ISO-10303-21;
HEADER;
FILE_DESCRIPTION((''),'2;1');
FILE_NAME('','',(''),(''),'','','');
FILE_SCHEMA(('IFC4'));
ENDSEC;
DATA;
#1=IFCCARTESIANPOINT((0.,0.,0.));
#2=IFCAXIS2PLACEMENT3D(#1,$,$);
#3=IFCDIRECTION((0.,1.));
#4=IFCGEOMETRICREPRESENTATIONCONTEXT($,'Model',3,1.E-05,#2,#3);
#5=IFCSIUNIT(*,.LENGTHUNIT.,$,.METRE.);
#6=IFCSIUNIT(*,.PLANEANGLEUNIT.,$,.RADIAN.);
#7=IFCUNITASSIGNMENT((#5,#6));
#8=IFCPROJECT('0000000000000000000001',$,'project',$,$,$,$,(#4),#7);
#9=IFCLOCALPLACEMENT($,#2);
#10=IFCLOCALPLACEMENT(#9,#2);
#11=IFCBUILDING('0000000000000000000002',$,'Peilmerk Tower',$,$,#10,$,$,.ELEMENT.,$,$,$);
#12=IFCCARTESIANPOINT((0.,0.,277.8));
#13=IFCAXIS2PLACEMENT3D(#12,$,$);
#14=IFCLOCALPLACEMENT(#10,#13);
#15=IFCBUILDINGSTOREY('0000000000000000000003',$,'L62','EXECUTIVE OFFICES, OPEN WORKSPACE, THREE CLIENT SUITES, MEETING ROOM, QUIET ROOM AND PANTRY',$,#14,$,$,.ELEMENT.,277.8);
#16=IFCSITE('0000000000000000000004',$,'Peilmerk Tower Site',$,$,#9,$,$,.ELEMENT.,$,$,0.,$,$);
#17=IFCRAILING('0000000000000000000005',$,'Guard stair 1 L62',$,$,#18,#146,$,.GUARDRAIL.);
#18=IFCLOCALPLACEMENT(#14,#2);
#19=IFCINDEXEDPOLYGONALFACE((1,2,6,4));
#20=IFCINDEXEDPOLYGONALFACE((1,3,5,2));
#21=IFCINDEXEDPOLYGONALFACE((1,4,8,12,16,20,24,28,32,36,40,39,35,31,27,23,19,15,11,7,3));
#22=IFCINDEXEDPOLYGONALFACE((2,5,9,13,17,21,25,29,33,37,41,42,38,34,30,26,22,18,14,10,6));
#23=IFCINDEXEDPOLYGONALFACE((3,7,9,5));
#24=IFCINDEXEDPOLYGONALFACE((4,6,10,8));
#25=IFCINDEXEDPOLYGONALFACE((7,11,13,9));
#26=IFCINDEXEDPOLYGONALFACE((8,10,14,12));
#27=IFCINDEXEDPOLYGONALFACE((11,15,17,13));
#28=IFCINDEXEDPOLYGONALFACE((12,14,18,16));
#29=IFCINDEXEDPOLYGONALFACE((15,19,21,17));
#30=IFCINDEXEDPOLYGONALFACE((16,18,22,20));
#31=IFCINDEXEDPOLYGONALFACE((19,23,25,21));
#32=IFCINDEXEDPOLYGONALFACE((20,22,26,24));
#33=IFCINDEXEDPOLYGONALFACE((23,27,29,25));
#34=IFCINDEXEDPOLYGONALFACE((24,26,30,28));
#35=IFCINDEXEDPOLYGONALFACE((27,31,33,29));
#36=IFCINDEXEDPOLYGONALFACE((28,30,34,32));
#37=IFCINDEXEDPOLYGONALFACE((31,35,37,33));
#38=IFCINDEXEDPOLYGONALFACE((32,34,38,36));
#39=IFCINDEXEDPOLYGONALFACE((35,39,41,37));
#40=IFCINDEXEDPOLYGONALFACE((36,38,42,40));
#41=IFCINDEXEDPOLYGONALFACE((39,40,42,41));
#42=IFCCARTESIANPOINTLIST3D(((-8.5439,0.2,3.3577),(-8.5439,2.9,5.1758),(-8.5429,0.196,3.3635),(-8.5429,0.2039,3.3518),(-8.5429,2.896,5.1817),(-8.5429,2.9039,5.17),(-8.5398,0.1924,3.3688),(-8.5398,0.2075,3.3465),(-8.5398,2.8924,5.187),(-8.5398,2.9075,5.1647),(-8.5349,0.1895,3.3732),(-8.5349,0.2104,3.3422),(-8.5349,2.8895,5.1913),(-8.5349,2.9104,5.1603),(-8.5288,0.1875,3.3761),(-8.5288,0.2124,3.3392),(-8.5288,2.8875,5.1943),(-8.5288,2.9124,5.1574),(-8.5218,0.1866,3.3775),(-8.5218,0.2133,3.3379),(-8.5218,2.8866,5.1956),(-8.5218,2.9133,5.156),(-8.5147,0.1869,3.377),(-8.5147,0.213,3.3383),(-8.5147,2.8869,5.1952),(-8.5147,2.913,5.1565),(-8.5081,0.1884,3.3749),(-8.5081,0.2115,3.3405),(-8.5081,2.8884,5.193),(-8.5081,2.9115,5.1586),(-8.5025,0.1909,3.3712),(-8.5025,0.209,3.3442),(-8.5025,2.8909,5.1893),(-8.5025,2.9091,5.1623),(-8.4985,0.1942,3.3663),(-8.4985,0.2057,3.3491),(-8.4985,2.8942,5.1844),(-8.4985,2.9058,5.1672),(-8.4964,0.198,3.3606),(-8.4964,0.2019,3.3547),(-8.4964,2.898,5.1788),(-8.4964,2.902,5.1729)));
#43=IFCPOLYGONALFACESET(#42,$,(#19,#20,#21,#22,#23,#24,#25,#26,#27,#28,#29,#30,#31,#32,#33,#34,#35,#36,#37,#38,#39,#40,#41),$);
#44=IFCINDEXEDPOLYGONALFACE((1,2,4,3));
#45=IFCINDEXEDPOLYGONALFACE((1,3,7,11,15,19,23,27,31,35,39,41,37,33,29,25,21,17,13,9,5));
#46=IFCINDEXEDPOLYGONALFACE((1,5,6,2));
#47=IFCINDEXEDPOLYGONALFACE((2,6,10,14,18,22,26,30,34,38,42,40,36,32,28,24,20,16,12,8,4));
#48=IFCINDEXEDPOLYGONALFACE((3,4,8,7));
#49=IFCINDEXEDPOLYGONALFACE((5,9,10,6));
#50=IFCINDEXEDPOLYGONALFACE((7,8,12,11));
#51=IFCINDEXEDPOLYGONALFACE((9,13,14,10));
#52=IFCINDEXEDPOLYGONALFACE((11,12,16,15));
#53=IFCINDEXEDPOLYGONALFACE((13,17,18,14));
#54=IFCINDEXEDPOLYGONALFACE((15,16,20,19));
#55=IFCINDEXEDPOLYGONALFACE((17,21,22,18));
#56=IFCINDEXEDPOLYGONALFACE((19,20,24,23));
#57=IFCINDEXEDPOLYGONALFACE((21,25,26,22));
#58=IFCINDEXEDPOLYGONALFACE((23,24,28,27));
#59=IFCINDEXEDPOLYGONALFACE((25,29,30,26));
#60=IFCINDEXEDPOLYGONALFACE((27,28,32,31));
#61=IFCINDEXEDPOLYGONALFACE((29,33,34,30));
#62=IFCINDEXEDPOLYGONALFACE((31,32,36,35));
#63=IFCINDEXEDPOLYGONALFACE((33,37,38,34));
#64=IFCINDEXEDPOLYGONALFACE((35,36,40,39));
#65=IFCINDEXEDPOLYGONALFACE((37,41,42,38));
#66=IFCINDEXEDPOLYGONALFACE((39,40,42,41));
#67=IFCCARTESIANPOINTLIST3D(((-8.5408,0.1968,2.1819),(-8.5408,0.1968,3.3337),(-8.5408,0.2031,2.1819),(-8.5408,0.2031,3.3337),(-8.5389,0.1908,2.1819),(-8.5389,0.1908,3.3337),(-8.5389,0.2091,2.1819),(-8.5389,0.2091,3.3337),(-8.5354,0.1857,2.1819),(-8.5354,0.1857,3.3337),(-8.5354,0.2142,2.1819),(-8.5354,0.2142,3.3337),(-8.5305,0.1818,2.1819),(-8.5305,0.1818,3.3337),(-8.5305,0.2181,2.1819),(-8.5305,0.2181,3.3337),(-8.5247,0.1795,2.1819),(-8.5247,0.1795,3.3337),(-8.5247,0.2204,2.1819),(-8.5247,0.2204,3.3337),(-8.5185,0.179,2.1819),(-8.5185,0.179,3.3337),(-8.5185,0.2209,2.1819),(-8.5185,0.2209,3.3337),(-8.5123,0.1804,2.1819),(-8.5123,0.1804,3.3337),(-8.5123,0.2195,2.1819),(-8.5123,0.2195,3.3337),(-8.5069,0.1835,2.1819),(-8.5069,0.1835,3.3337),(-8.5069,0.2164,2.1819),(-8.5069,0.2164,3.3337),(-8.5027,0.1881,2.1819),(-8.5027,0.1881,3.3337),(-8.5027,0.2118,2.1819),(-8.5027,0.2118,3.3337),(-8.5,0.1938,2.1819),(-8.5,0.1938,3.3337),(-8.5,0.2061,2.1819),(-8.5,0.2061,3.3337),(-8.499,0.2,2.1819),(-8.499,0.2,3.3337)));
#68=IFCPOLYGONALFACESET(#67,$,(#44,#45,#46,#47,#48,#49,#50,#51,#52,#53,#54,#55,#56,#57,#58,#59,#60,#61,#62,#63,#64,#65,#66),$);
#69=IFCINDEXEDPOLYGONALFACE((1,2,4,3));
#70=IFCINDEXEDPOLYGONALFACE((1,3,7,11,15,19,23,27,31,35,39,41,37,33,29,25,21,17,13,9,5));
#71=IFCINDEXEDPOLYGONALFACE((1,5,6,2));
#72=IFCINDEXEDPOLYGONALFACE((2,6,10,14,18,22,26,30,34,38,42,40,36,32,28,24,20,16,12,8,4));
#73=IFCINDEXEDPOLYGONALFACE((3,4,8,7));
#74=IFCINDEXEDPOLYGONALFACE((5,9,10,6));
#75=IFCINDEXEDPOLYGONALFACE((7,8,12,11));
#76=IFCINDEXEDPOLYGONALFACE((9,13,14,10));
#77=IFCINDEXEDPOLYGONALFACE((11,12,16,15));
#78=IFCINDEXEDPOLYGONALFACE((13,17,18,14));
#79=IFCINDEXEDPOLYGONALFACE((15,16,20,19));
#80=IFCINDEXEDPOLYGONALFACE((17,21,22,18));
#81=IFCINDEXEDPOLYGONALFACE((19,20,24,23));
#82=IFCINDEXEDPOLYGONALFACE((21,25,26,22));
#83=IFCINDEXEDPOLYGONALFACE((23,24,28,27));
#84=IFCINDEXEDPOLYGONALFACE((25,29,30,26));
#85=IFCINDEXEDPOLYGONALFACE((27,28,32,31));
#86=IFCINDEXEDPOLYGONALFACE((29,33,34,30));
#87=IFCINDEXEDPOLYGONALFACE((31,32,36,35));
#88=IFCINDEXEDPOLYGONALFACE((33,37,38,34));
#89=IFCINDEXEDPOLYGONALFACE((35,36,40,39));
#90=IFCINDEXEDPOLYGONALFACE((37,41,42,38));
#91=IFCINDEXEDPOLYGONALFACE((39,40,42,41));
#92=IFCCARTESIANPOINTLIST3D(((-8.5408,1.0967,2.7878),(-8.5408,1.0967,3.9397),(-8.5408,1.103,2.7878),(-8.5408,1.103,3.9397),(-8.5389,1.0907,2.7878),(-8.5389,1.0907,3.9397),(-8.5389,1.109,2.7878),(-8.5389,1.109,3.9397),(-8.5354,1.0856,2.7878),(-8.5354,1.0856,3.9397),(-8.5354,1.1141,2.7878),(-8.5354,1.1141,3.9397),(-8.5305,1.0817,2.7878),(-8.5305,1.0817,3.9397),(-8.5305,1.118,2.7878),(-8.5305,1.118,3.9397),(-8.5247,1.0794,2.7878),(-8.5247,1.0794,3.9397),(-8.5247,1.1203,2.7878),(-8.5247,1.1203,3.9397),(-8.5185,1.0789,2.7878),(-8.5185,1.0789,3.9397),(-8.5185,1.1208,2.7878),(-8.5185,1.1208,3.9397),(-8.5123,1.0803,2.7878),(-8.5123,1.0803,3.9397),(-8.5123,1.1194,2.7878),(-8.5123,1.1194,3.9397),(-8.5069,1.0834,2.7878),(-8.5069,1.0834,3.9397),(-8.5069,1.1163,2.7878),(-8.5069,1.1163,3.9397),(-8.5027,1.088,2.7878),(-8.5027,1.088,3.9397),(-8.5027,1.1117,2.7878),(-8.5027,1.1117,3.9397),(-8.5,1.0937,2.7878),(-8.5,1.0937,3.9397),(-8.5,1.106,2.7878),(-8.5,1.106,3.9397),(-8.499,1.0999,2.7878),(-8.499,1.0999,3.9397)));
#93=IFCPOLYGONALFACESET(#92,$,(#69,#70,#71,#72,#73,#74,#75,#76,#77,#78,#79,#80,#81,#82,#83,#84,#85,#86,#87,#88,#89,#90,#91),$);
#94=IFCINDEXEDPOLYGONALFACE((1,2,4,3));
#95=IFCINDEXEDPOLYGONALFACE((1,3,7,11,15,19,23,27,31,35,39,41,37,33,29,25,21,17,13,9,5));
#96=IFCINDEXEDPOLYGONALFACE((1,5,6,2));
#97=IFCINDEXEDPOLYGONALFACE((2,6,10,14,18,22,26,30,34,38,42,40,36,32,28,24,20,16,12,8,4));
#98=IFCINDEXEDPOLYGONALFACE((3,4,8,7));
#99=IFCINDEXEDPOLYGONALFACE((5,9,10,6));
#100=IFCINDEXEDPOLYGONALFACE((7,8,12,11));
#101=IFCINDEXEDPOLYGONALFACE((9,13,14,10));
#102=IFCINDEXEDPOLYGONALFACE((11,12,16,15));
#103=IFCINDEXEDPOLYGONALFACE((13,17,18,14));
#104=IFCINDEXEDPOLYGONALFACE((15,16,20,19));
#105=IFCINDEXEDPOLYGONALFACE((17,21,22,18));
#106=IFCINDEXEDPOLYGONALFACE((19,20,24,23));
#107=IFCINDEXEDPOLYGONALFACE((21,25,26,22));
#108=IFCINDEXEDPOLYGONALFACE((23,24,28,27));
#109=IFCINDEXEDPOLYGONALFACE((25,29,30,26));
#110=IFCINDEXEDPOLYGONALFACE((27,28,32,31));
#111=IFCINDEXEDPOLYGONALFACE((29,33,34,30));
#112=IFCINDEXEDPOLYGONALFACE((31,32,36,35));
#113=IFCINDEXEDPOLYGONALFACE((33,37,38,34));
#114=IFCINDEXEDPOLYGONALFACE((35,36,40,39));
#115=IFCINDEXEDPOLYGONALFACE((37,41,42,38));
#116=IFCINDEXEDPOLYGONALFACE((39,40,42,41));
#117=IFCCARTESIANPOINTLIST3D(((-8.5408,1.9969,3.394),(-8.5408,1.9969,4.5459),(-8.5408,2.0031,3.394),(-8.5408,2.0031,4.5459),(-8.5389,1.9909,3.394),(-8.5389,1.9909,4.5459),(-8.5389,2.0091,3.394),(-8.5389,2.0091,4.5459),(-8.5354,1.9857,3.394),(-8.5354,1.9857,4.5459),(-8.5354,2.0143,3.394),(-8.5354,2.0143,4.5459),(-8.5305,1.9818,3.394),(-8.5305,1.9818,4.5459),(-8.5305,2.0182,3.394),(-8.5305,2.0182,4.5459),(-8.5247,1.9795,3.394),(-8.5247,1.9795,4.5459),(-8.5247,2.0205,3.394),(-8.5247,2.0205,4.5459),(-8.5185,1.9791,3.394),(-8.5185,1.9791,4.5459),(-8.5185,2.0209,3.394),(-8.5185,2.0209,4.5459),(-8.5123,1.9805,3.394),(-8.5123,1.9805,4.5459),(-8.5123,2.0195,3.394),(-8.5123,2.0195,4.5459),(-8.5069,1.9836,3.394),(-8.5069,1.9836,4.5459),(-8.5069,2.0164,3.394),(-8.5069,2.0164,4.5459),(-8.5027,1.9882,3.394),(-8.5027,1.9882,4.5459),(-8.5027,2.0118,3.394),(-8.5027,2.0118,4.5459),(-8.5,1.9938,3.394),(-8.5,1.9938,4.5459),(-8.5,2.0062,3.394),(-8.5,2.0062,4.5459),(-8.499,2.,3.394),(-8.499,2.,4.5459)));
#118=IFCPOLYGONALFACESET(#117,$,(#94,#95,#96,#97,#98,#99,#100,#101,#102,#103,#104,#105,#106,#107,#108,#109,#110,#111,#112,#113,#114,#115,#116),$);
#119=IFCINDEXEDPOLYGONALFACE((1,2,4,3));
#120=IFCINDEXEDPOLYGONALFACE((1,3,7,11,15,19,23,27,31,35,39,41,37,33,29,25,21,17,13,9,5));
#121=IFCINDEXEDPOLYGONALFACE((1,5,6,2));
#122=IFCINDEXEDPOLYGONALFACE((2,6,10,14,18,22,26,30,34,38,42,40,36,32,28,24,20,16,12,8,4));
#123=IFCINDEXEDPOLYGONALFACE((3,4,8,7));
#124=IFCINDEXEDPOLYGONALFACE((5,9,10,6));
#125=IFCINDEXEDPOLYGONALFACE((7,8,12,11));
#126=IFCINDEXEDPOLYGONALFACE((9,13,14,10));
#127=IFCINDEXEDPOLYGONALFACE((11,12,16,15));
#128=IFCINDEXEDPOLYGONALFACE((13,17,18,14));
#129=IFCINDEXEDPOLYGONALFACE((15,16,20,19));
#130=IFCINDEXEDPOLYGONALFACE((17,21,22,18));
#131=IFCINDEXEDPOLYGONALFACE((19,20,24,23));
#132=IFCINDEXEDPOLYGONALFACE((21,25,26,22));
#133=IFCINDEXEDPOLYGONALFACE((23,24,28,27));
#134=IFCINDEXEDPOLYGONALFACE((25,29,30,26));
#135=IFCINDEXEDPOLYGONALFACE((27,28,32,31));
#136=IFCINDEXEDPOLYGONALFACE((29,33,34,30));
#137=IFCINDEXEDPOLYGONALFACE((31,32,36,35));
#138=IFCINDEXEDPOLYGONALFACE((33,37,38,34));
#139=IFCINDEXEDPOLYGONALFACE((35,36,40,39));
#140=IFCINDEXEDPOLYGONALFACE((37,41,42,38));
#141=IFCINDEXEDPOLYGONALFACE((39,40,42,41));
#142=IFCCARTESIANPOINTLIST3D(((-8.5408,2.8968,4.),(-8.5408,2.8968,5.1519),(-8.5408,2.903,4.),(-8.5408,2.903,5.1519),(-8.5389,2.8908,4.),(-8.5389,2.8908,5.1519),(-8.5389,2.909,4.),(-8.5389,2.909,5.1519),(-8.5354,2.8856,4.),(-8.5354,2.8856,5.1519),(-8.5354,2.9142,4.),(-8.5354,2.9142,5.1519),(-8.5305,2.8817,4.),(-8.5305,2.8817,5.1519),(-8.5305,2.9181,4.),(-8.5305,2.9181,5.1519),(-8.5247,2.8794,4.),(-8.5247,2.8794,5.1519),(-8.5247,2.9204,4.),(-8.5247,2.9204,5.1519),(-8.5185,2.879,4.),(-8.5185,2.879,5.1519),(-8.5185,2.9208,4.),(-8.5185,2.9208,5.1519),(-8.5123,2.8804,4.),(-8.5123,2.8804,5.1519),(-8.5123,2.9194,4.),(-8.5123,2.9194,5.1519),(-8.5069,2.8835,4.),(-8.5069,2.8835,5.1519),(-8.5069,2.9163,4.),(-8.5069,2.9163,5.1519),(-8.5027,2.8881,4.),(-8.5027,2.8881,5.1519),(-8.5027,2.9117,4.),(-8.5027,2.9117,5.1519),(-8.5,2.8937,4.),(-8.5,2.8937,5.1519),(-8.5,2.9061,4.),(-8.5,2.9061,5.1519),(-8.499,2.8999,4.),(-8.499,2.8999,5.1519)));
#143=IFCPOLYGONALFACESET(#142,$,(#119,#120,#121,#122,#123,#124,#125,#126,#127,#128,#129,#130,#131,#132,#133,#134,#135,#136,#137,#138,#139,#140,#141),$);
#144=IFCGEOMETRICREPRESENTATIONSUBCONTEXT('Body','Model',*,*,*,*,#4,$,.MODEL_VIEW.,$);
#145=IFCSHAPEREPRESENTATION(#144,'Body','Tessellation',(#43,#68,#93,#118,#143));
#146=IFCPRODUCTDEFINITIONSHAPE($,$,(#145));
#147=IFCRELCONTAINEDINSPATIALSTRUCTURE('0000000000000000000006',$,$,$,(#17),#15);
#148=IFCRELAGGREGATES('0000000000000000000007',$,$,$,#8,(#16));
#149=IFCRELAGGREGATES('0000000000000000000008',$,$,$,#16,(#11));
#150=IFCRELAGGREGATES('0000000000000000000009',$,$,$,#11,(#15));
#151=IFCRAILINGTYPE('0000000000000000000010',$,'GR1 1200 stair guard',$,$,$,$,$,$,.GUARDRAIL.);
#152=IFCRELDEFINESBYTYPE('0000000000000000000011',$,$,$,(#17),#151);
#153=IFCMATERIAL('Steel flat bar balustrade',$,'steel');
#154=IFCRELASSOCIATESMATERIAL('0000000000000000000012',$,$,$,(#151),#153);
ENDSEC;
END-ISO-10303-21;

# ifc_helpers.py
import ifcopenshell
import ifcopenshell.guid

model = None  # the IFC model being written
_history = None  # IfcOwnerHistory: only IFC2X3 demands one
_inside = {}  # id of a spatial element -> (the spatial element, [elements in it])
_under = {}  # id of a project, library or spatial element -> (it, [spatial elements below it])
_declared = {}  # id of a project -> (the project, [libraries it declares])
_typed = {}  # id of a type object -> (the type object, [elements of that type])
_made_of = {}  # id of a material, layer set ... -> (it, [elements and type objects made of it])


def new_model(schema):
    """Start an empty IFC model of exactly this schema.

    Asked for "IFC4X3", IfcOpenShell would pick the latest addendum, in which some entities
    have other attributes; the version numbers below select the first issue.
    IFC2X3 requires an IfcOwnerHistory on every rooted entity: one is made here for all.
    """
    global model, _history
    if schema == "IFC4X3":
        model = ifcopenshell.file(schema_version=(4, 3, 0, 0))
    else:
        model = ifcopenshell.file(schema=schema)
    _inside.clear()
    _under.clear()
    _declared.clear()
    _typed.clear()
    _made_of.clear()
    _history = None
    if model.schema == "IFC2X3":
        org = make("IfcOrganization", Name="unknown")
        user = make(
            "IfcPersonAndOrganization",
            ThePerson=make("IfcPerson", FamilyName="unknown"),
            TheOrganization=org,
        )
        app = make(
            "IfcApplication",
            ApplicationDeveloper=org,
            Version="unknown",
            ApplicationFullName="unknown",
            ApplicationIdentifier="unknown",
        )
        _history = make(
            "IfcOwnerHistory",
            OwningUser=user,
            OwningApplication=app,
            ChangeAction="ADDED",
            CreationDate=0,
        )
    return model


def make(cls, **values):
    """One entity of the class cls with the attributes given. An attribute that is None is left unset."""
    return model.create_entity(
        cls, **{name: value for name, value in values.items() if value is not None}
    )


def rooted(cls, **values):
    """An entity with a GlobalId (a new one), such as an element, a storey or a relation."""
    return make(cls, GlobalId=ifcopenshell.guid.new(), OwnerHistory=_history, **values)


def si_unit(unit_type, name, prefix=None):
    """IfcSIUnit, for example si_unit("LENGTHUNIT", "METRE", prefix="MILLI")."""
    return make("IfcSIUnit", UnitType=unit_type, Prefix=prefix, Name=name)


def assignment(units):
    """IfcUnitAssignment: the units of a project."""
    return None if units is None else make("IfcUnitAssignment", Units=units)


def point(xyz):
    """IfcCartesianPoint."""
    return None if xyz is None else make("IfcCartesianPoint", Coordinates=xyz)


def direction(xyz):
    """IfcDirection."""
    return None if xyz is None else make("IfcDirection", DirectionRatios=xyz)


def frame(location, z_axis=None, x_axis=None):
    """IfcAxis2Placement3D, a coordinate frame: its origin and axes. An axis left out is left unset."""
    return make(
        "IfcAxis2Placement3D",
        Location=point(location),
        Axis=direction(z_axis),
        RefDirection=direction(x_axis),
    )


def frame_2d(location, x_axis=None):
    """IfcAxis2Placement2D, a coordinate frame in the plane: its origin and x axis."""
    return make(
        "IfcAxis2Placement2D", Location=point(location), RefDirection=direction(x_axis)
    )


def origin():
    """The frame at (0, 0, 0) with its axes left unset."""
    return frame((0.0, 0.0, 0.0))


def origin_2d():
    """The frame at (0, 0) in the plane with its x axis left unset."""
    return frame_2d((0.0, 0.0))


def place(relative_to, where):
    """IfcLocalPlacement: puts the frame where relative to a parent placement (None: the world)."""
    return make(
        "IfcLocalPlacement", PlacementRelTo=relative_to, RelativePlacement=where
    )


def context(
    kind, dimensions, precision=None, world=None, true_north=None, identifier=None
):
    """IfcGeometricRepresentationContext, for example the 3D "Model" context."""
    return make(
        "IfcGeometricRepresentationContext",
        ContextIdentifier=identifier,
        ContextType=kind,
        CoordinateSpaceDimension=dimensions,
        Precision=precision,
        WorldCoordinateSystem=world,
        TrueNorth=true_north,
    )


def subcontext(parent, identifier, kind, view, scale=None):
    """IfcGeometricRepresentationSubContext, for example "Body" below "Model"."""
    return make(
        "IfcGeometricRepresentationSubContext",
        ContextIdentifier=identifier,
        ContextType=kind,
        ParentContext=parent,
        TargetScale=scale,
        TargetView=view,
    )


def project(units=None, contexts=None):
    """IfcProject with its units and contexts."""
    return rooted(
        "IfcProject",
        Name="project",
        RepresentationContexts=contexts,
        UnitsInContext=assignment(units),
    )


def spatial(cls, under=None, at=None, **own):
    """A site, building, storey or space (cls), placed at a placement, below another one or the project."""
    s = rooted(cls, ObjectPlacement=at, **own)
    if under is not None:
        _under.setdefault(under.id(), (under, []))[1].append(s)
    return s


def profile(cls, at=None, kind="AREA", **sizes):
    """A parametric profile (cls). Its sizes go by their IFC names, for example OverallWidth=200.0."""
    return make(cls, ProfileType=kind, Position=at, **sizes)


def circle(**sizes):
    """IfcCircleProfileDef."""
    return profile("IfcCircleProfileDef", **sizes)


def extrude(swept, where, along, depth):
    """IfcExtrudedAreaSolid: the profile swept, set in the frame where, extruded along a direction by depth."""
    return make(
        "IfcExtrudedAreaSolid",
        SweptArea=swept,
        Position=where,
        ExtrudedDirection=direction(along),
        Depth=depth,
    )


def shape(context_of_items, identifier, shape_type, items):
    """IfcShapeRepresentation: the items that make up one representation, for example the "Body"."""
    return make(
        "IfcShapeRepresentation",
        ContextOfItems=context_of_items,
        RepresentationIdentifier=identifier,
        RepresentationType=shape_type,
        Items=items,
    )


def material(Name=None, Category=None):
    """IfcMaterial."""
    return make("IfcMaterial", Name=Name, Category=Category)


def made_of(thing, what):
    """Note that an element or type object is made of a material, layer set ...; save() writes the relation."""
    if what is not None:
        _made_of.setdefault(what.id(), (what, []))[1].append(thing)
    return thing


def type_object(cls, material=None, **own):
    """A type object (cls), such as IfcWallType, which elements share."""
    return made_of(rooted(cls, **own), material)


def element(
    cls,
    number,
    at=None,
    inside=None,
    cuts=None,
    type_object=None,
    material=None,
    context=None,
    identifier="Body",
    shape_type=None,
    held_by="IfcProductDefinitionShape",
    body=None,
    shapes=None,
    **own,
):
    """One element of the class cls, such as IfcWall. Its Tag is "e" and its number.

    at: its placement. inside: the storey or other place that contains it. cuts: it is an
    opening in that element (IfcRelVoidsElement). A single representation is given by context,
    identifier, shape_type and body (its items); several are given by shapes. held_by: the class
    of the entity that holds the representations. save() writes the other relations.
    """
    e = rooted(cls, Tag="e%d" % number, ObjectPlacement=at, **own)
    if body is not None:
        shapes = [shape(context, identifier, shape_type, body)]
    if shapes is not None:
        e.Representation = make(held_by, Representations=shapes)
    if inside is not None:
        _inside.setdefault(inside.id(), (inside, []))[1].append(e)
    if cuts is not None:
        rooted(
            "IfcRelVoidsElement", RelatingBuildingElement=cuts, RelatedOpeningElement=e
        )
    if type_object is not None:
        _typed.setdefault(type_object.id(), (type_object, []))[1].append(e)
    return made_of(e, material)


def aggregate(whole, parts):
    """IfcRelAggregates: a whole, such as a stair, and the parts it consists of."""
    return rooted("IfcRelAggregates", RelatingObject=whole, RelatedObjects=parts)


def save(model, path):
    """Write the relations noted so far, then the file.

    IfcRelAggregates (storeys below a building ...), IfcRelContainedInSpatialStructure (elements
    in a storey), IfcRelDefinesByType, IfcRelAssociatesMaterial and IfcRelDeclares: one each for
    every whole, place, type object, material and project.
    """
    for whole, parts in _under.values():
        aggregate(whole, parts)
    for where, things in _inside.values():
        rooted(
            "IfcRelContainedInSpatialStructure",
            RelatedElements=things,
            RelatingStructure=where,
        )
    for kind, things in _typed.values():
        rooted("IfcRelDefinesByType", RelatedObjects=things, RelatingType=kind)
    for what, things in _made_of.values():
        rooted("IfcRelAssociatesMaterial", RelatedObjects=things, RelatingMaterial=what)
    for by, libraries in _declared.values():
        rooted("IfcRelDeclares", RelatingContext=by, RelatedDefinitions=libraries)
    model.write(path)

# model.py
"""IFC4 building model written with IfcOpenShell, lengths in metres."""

from ifc_helpers import new_model, si_unit, direction, frame, origin, origin_2d, place, context, subcontext, project, spatial, circle, extrude, material, type_object, element, save


model = new_model("IFC4")

# Units and contexts
model_context = context("Model", 3, precision=1e-05, world=origin(), true_north=direction((0.0, 1.0)))
body_context = subcontext(model_context, "Body", "Model", "MODEL_VIEW")
ifc_project = project(units=[si_unit("LENGTHUNIT", "METRE"), si_unit("PLANEANGLEUNIT", "RADIAN")], contexts=[model_context])

# Site, building, storey
site_placement = place(None, origin())
site = spatial("IfcSite", under=ifc_project, at=site_placement, Name="Peilmerk Tower Site", CompositionType="ELEMENT", RefElevation=0.0)
building_placement = place(site_placement, origin())
building = spatial("IfcBuilding", under=site, at=building_placement, Name="Peilmerk Tower", CompositionType="ELEMENT")
storey_placement = place(building_placement, frame((0.0, 0.0, 277.8)))
storey = spatial("IfcBuildingStorey", under=building, at=storey_placement, Name="L62", Description="EXECUTIVE OFFICES, OPEN WORKSPACE, THREE CLIENT SUITES, MEETING ROOM, QUIET ROOM AND PANTRY", CompositionType="ELEMENT", Elevation=277.8)

# Railing
ifc_material_1 = material(Name="Steel flat bar balustrade", Category="steel")
railing_type_1 = type_object("IfcRailingType", Name="GR1 1200 stair guard", PredefinedType="GUARDRAIL", material=ifc_material_1)
railing_1_placement = place(storey_placement, frame((-8.52, 0.2, 2.1819)))
element("IfcRailing", 1, at=railing_1_placement, inside=storey, type_object=railing_type_1, Name="Guard stair 1 L62", PredefinedType="GUARDRAIL", context=body_context, shape_type="SweptSolid", body=[
    extrude(circle(Radius=0.0239, at=origin_2d()), frame((0.0, 0.0, 1.1758), z_axis=(0.0, 0.829468, 0.558554), x_axis=(-1.0, 0.0, 0.0)), (0.0, 0.0, 1.0), 3.2551),
    extrude(circle(Radius=0.021, at=origin_2d()), origin(), (0.0, 0.0, 1.0), 1.1519),
    extrude(circle(Radius=0.021, at=origin_2d()), frame((0.0, 0.8999, 0.606)), (0.0, 0.0, 1.0), 1.1519),
    extrude(circle(Radius=0.021, at=origin_2d()), frame((0.0, 1.8, 1.2122)), (0.0, 0.0, 1.0), 1.1519),
    extrude(circle(Radius=0.021, at=origin_2d()), frame((0.0, 2.7, 1.8181)), (0.0, 0.0, 1.0), 1.1519),
])

save(model, "model.ifc")
